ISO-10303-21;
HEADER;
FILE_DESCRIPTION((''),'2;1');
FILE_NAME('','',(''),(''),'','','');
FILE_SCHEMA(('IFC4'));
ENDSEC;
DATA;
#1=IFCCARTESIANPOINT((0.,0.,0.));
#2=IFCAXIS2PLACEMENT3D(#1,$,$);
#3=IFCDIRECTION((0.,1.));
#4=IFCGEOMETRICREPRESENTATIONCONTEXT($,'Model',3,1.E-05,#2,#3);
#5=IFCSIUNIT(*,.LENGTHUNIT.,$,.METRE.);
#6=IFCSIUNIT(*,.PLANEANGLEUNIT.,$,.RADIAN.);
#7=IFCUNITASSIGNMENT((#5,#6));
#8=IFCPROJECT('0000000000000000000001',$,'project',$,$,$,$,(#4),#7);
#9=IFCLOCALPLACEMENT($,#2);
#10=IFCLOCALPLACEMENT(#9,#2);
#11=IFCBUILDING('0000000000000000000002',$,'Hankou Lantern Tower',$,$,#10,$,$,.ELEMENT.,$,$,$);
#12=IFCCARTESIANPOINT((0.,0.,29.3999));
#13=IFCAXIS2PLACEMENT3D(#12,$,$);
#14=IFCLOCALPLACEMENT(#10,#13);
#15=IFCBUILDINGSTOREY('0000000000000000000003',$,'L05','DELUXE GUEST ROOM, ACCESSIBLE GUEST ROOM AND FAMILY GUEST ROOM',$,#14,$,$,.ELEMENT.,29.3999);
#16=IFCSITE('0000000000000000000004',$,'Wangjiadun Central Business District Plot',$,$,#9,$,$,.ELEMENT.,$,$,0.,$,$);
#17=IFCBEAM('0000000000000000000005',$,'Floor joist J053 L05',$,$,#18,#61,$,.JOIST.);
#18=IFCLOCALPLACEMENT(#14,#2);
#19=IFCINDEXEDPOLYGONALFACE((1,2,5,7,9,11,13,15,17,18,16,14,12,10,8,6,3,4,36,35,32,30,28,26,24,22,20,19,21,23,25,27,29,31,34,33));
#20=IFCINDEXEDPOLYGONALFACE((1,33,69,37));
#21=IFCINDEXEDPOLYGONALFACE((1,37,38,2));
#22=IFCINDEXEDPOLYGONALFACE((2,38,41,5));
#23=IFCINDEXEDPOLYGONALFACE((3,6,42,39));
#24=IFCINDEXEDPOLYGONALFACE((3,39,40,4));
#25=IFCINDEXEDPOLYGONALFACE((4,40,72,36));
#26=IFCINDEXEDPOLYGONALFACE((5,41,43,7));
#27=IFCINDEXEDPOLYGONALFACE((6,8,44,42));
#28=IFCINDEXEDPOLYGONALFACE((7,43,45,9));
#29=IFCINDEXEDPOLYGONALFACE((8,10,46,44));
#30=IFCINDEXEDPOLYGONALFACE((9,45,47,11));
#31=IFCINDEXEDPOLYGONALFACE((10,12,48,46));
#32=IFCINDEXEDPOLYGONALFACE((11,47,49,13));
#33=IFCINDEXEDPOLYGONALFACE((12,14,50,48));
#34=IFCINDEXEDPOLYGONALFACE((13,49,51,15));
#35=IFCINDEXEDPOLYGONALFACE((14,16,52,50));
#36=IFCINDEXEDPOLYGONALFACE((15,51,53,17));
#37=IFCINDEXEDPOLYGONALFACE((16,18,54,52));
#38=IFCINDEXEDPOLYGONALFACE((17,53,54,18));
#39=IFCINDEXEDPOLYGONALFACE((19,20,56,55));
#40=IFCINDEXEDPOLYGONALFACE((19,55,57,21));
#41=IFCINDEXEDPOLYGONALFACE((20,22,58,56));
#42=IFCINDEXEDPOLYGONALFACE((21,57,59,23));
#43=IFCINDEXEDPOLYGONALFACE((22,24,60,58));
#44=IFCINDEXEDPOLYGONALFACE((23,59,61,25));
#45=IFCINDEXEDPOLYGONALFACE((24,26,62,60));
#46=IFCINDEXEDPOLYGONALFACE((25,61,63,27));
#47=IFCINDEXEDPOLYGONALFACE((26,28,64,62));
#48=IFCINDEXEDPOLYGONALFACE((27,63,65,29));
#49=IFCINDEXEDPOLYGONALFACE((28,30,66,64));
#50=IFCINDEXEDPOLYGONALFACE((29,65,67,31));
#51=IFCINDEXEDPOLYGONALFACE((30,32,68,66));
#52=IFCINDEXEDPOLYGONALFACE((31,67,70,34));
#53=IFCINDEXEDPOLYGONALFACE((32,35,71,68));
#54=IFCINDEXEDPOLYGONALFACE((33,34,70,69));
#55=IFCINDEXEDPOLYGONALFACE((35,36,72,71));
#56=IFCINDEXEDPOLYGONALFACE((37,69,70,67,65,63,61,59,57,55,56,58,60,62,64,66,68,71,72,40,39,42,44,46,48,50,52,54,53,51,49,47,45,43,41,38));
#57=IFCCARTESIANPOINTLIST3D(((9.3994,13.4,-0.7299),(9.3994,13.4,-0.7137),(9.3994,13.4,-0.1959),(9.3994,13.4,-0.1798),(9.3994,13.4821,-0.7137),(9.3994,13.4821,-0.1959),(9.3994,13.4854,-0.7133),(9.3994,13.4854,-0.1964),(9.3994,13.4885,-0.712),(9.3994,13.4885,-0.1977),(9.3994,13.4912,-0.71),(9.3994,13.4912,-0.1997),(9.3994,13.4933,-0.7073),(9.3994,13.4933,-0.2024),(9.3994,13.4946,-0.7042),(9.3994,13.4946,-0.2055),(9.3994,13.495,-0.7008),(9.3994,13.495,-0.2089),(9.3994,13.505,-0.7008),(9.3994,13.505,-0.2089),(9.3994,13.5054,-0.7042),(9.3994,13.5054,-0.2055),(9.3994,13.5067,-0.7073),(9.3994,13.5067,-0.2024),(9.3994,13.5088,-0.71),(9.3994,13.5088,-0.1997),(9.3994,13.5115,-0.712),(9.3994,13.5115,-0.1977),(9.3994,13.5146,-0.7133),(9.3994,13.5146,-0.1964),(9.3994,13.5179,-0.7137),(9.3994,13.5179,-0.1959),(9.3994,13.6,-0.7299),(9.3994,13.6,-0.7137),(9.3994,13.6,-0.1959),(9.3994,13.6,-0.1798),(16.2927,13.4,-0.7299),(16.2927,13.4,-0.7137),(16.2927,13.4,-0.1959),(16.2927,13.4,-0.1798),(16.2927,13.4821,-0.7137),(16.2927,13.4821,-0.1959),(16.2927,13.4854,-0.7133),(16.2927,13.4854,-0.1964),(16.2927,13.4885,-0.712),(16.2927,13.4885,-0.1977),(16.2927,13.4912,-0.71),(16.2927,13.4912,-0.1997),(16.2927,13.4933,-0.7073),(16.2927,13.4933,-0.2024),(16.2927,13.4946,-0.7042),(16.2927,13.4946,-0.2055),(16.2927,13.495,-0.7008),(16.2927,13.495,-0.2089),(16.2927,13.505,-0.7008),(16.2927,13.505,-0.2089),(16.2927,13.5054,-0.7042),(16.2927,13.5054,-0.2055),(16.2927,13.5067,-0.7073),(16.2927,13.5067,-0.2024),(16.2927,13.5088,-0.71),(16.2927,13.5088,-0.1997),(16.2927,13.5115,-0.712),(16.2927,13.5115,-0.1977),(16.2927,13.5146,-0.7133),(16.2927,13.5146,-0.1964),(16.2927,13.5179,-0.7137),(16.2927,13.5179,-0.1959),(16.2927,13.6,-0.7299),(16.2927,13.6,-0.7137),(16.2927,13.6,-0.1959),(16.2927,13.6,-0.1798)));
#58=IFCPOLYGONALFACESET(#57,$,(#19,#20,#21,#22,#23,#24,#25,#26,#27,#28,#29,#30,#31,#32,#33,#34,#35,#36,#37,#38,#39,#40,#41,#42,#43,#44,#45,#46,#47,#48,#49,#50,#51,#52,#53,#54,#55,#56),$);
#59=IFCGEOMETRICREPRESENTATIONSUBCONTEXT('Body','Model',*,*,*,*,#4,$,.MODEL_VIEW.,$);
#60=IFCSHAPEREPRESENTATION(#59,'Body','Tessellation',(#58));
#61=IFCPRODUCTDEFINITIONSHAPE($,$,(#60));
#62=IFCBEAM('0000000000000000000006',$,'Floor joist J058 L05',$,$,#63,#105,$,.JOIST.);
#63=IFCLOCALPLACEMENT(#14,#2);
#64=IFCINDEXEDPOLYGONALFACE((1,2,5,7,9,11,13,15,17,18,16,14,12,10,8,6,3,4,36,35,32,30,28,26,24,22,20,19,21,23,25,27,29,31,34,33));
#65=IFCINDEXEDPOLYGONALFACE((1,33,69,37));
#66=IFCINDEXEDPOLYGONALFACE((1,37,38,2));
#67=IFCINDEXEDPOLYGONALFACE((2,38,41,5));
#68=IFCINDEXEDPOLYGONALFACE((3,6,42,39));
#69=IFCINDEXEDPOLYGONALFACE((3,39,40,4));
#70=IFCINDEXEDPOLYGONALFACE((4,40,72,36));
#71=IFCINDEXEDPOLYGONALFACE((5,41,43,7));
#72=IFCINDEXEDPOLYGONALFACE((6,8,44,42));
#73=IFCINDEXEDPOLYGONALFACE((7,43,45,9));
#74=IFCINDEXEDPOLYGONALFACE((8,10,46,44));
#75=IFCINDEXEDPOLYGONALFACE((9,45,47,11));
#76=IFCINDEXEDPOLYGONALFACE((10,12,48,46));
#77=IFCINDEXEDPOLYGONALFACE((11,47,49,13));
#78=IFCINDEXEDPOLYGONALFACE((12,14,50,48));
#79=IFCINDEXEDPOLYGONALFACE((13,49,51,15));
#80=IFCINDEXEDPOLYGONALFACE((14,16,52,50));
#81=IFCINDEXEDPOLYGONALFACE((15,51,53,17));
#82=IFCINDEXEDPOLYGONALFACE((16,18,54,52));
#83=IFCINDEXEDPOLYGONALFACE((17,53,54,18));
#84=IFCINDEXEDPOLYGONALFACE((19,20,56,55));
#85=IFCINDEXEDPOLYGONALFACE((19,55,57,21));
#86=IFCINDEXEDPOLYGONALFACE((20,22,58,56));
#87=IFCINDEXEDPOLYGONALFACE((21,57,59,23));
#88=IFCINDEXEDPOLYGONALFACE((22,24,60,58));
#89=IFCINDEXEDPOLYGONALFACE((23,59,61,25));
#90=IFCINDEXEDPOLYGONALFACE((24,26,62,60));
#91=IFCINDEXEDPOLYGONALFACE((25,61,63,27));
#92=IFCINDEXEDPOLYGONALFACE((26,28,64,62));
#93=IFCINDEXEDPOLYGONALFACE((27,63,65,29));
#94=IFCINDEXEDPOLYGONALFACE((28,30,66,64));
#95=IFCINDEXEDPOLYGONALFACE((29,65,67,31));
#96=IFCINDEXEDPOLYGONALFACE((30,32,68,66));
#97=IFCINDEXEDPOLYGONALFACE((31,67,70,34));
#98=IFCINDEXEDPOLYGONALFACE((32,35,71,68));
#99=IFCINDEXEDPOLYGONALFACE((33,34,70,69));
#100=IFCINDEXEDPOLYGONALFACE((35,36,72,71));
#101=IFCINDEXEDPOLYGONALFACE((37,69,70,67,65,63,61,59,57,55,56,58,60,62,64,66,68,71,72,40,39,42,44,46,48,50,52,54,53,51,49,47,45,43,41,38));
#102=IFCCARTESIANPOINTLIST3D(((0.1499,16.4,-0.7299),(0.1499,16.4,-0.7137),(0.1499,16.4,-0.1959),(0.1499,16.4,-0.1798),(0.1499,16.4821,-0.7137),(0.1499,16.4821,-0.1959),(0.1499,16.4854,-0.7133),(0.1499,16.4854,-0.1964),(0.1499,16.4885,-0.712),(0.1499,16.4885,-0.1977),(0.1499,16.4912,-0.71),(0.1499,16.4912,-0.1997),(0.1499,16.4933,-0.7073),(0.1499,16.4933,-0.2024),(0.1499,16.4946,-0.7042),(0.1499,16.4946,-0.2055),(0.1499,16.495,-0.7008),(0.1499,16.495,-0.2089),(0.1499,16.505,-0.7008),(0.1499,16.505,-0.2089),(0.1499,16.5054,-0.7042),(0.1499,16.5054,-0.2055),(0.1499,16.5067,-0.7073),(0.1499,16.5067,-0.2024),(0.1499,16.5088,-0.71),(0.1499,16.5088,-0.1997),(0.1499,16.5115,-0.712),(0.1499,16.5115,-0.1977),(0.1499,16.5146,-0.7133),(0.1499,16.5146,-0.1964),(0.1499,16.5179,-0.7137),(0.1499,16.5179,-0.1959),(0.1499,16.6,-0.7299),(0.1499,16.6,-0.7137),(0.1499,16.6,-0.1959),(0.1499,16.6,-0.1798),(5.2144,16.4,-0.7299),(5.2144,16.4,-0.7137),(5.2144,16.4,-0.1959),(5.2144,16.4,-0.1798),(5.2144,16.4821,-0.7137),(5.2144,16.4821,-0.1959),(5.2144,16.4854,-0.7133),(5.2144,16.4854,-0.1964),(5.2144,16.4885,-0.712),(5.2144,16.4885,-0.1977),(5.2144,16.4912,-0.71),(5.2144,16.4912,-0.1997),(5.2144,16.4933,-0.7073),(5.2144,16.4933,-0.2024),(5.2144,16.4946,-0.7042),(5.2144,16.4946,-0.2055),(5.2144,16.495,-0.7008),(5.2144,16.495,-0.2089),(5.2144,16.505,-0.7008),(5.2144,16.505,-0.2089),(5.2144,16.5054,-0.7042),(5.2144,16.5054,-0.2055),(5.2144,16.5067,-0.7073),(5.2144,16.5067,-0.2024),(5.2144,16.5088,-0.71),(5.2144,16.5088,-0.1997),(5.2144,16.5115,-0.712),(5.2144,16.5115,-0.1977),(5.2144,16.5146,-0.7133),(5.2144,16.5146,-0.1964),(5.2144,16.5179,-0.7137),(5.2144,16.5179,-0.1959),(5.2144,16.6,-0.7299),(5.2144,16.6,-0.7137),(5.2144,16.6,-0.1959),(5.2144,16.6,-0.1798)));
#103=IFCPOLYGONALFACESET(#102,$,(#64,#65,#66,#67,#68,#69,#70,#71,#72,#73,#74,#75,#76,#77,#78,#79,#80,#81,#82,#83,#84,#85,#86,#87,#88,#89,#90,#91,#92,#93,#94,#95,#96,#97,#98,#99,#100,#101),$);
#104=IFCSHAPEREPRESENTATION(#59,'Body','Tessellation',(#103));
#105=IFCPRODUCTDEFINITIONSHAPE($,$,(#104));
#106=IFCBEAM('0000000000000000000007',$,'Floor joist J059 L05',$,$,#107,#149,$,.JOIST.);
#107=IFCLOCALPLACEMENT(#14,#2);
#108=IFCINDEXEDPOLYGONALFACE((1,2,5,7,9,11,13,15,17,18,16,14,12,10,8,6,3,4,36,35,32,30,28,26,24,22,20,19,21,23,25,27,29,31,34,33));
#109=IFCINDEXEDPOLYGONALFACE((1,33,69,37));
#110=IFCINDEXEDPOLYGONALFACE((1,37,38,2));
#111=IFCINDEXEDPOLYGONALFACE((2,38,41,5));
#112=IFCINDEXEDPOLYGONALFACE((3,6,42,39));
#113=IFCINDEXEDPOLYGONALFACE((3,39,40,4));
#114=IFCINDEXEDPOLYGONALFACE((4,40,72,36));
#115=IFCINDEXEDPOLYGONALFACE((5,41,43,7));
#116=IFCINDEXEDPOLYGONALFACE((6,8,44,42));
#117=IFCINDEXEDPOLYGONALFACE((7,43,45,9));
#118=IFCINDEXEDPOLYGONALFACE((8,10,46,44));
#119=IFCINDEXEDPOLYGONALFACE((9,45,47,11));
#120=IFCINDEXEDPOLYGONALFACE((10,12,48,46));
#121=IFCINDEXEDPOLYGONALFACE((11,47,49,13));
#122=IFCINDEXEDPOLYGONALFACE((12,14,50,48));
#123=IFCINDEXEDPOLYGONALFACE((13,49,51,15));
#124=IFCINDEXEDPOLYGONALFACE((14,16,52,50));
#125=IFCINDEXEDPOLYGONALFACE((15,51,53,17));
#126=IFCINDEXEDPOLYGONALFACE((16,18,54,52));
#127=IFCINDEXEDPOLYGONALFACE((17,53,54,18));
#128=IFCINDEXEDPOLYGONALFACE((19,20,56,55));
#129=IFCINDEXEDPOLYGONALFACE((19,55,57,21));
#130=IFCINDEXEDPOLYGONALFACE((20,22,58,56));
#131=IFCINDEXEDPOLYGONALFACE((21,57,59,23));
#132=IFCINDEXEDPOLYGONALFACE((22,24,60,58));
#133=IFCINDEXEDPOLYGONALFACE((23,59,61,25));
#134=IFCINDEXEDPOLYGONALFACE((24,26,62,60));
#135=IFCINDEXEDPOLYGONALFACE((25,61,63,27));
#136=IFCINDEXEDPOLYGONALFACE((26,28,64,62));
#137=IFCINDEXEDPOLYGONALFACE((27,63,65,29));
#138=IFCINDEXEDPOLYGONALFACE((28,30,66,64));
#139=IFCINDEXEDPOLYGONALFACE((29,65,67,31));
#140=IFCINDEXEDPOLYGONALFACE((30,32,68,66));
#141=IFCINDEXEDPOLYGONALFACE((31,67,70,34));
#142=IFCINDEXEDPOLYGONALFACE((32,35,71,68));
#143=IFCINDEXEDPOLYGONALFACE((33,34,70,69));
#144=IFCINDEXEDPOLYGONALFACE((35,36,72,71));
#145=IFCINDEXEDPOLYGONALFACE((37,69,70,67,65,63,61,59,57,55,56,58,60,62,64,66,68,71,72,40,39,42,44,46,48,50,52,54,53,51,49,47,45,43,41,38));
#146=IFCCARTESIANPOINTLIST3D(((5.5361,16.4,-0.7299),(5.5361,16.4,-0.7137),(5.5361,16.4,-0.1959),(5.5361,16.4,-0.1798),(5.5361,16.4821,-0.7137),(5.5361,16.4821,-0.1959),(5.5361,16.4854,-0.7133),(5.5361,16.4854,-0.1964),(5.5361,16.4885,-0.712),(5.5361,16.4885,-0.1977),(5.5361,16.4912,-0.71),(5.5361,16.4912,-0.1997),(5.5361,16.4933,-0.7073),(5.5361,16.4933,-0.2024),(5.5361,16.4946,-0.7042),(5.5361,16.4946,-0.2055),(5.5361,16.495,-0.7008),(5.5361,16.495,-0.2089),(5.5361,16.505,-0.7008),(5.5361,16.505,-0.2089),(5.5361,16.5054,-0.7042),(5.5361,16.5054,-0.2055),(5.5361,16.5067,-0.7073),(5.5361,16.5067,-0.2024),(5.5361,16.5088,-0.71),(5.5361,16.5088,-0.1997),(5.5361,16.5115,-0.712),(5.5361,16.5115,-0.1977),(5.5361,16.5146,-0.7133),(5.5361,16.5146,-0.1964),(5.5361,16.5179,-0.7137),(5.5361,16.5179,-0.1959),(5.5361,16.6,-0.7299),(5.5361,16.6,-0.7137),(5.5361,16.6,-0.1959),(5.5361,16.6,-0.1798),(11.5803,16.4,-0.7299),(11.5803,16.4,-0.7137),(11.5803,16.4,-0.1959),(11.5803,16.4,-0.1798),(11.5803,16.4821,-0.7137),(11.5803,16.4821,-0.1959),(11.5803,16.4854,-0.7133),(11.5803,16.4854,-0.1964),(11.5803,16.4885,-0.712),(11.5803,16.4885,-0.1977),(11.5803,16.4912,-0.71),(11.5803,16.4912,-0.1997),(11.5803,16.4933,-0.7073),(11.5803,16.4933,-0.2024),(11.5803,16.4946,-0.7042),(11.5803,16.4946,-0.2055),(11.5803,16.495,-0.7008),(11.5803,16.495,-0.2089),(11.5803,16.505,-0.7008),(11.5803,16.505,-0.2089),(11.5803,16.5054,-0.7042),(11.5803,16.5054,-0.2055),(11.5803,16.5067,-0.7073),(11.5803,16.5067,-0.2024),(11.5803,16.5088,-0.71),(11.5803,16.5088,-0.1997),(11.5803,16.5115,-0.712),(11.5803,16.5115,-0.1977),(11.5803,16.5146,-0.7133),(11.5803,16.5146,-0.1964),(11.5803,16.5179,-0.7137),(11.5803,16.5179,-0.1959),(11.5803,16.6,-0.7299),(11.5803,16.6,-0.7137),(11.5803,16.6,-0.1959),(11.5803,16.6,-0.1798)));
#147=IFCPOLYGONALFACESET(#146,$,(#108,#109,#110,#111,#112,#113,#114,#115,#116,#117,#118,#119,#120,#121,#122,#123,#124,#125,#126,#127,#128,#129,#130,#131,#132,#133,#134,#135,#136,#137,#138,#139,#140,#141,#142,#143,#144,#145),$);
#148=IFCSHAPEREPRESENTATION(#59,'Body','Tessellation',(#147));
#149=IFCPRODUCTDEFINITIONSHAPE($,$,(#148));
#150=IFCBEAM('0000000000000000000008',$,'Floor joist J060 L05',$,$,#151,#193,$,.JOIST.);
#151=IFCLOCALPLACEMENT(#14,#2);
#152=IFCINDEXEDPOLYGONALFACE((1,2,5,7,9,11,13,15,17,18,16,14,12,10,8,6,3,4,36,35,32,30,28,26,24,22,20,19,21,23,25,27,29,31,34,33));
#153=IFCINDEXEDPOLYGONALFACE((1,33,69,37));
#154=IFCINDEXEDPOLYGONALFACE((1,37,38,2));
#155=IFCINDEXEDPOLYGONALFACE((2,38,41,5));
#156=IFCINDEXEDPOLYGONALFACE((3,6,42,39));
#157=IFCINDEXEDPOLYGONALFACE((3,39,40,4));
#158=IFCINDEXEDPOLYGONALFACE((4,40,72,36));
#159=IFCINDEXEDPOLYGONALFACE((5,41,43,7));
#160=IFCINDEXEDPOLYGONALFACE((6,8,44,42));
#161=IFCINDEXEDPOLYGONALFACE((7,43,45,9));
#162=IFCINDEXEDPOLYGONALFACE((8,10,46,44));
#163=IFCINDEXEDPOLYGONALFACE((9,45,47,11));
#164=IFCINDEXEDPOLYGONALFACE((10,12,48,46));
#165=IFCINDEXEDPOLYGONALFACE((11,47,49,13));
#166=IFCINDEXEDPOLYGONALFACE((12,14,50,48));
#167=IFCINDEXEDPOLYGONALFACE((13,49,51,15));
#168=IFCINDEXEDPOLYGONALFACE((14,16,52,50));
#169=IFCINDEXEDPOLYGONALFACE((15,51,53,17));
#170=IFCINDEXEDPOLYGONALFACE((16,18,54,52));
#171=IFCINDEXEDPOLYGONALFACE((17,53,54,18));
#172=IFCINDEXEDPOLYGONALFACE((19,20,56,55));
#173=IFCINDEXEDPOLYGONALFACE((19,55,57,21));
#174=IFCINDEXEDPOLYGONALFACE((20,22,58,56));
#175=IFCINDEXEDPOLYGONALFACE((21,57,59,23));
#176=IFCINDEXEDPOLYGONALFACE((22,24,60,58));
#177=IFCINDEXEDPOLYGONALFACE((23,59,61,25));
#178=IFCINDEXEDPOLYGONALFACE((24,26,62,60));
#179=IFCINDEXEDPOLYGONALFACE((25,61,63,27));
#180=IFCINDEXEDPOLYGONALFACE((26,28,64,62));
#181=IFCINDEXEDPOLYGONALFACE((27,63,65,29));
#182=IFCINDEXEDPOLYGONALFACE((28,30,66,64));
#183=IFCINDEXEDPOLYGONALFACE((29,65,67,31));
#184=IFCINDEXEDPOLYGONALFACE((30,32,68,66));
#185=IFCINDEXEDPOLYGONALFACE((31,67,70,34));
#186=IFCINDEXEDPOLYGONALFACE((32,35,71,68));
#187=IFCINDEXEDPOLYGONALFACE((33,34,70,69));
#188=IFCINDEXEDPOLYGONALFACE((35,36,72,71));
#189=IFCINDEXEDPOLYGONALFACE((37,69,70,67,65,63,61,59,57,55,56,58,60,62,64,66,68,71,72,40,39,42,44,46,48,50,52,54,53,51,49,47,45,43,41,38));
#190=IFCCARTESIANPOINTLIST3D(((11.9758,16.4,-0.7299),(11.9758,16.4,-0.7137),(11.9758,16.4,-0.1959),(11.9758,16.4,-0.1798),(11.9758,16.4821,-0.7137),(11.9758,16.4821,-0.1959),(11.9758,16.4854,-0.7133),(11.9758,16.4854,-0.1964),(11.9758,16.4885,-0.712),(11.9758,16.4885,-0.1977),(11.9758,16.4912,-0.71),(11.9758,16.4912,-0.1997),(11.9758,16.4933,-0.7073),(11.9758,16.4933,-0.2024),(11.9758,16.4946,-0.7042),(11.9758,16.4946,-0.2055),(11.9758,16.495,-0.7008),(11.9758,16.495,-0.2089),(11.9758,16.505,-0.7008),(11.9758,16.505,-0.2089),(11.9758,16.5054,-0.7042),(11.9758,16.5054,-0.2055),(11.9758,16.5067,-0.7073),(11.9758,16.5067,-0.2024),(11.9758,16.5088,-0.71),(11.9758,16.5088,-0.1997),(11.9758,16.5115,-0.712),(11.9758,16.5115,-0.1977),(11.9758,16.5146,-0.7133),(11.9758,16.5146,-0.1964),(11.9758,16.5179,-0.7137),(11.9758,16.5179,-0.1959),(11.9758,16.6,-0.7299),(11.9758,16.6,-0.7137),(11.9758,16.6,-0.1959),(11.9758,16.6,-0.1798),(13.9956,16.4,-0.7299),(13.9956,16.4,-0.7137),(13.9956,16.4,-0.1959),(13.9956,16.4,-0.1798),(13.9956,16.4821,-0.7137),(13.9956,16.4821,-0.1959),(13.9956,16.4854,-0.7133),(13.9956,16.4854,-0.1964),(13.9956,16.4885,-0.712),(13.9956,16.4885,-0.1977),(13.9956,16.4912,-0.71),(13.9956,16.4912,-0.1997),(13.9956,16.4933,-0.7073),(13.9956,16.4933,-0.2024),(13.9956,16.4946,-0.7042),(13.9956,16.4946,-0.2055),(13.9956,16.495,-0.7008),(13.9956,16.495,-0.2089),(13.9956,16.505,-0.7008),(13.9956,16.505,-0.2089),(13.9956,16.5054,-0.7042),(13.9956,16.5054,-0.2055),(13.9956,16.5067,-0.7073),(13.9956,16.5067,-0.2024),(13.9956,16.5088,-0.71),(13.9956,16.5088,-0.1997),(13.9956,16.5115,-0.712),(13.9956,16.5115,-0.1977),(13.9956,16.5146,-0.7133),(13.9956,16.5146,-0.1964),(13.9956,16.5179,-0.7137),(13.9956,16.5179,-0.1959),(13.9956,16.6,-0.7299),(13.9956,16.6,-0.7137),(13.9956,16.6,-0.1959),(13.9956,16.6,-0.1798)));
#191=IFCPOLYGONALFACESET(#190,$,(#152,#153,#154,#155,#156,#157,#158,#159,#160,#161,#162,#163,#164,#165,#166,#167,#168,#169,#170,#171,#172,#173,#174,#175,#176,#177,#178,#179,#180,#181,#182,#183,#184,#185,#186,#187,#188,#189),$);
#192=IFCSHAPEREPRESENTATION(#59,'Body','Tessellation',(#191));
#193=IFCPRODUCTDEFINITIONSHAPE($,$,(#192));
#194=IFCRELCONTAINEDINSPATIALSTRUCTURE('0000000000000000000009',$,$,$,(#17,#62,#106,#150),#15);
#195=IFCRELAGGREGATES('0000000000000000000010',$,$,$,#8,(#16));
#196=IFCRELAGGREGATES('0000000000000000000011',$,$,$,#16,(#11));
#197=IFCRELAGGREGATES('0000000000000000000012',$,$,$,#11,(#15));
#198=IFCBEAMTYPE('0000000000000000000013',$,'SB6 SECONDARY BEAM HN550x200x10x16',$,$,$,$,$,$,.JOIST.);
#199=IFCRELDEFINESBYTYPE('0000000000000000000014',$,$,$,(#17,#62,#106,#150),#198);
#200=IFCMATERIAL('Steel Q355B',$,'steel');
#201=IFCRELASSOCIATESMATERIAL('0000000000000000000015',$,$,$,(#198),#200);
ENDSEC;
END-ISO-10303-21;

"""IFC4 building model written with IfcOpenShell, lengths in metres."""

from ifc_helpers import new_model, si_unit, direction, frame, origin, origin_2d, place, context, subcontext, project, spatial, i_section, extrude, material, material_profile, profile_set, type_object, element, save


model = new_model("IFC4")

# Units and contexts
model_context = context("Model", 3, precision=1e-05, world=origin(), true_north=direction((0.0, 1.0)))
body_context = subcontext(model_context, "Body", "Model", "MODEL_VIEW")
ifc_project = project(units=[si_unit("LENGTHUNIT", "METRE"), si_unit("PLANEANGLEUNIT", "RADIAN")], contexts=[model_context])

# Site, building, storey
site_placement = place(None, origin())
site = spatial("IfcSite", under=ifc_project, at=site_placement, Name="Wangjiadun Central Business District Plot", CompositionType="ELEMENT", RefElevation=0.0)
building_placement = place(site_placement, origin())
building = spatial("IfcBuilding", under=site, at=building_placement, Name="Hankou Lantern Tower", CompositionType="ELEMENT")
storey_placement = place(building_placement, frame((0.0, 0.0, 29.3999)))
storey = spatial("IfcBuildingStorey", under=building, at=storey_placement, Name="L05", Description="DELUXE GUEST ROOM, ACCESSIBLE GUEST ROOM AND FAMILY GUEST ROOM", CompositionType="ELEMENT", Elevation=29.3999)

# Beams
ifc_material_1 = material(Name="Steel Q355B", Category="steel")
ifc_material_profile_1 = material_profile(ifc_material_1, i_section(OverallWidth=0.2, OverallDepth=0.55, WebThickness=0.01, FlangeThickness=0.0161, FilletRadius=0.0129, at=origin_2d()), Name="HN550x200x10x16")
ifc_profile_set_1 = profile_set([ifc_material_profile_1], Name="Steel Q355B")
beam_type_1 = type_object("IfcBeamType", Name="SB6 SECONDARY BEAM HN550x200x10x16", PredefinedType="JOIST", material=ifc_profile_set_1)
beam_1_placement = place(storey_placement, frame((9.3994, 13.5, -0.4548), z_axis=(1.0, 0.0, 0.0), x_axis=(0.0, 1.0, 0.0)))
element("IfcBeam", 1, at=beam_1_placement, inside=storey, type_object=beam_type_1, Name="Floor joist J053 L05", PredefinedType="JOIST", context=body_context, shape_type="SweptSolid", body=[
    extrude(i_section(OverallWidth=0.2, OverallDepth=0.55, WebThickness=0.01, FlangeThickness=0.0161, FilletRadius=0.0129, at=origin_2d()), origin(), (0.0, 0.0, 1.0), 6.8933),
])
beam_2_placement = place(storey_placement, frame((0.1499, 16.5, -0.4548), z_axis=(1.0, 0.0, 0.0), x_axis=(0.0, 1.0, 0.0)))
element("IfcBeam", 2, at=beam_2_placement, inside=storey, type_object=beam_type_1, Name="Floor joist J058 L05", PredefinedType="JOIST", context=body_context, shape_type="SweptSolid", body=[
    extrude(i_section(OverallWidth=0.2, OverallDepth=0.55, WebThickness=0.01, FlangeThickness=0.0161, FilletRadius=0.0129, at=origin_2d()), origin(), (0.0, 0.0, 1.0), 5.0645),
])
beam_3_placement = place(storey_placement, frame((5.5361, 16.5, -0.4548), z_axis=(1.0, 0.0, 0.0), x_axis=(0.0, 1.0, 0.0)))
element("IfcBeam", 3, at=beam_3_placement, inside=storey, type_object=beam_type_1, Name="Floor joist J059 L05", PredefinedType="JOIST", context=body_context, shape_type="SweptSolid", body=[
    extrude(i_section(OverallWidth=0.2, OverallDepth=0.55, WebThickness=0.01, FlangeThickness=0.0161, FilletRadius=0.0129, at=origin_2d()), origin(), (0.0, 0.0, 1.0), 6.0442),
])
beam_4_placement = place(storey_placement, frame((11.9758, 16.5, -0.4548), z_axis=(1.0, 0.0, 0.0), x_axis=(0.0, 1.0, 0.0)))
element("IfcBeam", 4, at=beam_4_placement, inside=storey, type_object=beam_type_1, Name="Floor joist J060 L05", PredefinedType="JOIST", context=body_context, shape_type="SweptSolid", body=[
    extrude(i_section(OverallWidth=0.2, OverallDepth=0.55, WebThickness=0.01, FlangeThickness=0.0161, FilletRadius=0.0129, at=origin_2d()), origin(), (0.0, 0.0, 1.0), 2.0198),
])

save(model, "model.ifc")
